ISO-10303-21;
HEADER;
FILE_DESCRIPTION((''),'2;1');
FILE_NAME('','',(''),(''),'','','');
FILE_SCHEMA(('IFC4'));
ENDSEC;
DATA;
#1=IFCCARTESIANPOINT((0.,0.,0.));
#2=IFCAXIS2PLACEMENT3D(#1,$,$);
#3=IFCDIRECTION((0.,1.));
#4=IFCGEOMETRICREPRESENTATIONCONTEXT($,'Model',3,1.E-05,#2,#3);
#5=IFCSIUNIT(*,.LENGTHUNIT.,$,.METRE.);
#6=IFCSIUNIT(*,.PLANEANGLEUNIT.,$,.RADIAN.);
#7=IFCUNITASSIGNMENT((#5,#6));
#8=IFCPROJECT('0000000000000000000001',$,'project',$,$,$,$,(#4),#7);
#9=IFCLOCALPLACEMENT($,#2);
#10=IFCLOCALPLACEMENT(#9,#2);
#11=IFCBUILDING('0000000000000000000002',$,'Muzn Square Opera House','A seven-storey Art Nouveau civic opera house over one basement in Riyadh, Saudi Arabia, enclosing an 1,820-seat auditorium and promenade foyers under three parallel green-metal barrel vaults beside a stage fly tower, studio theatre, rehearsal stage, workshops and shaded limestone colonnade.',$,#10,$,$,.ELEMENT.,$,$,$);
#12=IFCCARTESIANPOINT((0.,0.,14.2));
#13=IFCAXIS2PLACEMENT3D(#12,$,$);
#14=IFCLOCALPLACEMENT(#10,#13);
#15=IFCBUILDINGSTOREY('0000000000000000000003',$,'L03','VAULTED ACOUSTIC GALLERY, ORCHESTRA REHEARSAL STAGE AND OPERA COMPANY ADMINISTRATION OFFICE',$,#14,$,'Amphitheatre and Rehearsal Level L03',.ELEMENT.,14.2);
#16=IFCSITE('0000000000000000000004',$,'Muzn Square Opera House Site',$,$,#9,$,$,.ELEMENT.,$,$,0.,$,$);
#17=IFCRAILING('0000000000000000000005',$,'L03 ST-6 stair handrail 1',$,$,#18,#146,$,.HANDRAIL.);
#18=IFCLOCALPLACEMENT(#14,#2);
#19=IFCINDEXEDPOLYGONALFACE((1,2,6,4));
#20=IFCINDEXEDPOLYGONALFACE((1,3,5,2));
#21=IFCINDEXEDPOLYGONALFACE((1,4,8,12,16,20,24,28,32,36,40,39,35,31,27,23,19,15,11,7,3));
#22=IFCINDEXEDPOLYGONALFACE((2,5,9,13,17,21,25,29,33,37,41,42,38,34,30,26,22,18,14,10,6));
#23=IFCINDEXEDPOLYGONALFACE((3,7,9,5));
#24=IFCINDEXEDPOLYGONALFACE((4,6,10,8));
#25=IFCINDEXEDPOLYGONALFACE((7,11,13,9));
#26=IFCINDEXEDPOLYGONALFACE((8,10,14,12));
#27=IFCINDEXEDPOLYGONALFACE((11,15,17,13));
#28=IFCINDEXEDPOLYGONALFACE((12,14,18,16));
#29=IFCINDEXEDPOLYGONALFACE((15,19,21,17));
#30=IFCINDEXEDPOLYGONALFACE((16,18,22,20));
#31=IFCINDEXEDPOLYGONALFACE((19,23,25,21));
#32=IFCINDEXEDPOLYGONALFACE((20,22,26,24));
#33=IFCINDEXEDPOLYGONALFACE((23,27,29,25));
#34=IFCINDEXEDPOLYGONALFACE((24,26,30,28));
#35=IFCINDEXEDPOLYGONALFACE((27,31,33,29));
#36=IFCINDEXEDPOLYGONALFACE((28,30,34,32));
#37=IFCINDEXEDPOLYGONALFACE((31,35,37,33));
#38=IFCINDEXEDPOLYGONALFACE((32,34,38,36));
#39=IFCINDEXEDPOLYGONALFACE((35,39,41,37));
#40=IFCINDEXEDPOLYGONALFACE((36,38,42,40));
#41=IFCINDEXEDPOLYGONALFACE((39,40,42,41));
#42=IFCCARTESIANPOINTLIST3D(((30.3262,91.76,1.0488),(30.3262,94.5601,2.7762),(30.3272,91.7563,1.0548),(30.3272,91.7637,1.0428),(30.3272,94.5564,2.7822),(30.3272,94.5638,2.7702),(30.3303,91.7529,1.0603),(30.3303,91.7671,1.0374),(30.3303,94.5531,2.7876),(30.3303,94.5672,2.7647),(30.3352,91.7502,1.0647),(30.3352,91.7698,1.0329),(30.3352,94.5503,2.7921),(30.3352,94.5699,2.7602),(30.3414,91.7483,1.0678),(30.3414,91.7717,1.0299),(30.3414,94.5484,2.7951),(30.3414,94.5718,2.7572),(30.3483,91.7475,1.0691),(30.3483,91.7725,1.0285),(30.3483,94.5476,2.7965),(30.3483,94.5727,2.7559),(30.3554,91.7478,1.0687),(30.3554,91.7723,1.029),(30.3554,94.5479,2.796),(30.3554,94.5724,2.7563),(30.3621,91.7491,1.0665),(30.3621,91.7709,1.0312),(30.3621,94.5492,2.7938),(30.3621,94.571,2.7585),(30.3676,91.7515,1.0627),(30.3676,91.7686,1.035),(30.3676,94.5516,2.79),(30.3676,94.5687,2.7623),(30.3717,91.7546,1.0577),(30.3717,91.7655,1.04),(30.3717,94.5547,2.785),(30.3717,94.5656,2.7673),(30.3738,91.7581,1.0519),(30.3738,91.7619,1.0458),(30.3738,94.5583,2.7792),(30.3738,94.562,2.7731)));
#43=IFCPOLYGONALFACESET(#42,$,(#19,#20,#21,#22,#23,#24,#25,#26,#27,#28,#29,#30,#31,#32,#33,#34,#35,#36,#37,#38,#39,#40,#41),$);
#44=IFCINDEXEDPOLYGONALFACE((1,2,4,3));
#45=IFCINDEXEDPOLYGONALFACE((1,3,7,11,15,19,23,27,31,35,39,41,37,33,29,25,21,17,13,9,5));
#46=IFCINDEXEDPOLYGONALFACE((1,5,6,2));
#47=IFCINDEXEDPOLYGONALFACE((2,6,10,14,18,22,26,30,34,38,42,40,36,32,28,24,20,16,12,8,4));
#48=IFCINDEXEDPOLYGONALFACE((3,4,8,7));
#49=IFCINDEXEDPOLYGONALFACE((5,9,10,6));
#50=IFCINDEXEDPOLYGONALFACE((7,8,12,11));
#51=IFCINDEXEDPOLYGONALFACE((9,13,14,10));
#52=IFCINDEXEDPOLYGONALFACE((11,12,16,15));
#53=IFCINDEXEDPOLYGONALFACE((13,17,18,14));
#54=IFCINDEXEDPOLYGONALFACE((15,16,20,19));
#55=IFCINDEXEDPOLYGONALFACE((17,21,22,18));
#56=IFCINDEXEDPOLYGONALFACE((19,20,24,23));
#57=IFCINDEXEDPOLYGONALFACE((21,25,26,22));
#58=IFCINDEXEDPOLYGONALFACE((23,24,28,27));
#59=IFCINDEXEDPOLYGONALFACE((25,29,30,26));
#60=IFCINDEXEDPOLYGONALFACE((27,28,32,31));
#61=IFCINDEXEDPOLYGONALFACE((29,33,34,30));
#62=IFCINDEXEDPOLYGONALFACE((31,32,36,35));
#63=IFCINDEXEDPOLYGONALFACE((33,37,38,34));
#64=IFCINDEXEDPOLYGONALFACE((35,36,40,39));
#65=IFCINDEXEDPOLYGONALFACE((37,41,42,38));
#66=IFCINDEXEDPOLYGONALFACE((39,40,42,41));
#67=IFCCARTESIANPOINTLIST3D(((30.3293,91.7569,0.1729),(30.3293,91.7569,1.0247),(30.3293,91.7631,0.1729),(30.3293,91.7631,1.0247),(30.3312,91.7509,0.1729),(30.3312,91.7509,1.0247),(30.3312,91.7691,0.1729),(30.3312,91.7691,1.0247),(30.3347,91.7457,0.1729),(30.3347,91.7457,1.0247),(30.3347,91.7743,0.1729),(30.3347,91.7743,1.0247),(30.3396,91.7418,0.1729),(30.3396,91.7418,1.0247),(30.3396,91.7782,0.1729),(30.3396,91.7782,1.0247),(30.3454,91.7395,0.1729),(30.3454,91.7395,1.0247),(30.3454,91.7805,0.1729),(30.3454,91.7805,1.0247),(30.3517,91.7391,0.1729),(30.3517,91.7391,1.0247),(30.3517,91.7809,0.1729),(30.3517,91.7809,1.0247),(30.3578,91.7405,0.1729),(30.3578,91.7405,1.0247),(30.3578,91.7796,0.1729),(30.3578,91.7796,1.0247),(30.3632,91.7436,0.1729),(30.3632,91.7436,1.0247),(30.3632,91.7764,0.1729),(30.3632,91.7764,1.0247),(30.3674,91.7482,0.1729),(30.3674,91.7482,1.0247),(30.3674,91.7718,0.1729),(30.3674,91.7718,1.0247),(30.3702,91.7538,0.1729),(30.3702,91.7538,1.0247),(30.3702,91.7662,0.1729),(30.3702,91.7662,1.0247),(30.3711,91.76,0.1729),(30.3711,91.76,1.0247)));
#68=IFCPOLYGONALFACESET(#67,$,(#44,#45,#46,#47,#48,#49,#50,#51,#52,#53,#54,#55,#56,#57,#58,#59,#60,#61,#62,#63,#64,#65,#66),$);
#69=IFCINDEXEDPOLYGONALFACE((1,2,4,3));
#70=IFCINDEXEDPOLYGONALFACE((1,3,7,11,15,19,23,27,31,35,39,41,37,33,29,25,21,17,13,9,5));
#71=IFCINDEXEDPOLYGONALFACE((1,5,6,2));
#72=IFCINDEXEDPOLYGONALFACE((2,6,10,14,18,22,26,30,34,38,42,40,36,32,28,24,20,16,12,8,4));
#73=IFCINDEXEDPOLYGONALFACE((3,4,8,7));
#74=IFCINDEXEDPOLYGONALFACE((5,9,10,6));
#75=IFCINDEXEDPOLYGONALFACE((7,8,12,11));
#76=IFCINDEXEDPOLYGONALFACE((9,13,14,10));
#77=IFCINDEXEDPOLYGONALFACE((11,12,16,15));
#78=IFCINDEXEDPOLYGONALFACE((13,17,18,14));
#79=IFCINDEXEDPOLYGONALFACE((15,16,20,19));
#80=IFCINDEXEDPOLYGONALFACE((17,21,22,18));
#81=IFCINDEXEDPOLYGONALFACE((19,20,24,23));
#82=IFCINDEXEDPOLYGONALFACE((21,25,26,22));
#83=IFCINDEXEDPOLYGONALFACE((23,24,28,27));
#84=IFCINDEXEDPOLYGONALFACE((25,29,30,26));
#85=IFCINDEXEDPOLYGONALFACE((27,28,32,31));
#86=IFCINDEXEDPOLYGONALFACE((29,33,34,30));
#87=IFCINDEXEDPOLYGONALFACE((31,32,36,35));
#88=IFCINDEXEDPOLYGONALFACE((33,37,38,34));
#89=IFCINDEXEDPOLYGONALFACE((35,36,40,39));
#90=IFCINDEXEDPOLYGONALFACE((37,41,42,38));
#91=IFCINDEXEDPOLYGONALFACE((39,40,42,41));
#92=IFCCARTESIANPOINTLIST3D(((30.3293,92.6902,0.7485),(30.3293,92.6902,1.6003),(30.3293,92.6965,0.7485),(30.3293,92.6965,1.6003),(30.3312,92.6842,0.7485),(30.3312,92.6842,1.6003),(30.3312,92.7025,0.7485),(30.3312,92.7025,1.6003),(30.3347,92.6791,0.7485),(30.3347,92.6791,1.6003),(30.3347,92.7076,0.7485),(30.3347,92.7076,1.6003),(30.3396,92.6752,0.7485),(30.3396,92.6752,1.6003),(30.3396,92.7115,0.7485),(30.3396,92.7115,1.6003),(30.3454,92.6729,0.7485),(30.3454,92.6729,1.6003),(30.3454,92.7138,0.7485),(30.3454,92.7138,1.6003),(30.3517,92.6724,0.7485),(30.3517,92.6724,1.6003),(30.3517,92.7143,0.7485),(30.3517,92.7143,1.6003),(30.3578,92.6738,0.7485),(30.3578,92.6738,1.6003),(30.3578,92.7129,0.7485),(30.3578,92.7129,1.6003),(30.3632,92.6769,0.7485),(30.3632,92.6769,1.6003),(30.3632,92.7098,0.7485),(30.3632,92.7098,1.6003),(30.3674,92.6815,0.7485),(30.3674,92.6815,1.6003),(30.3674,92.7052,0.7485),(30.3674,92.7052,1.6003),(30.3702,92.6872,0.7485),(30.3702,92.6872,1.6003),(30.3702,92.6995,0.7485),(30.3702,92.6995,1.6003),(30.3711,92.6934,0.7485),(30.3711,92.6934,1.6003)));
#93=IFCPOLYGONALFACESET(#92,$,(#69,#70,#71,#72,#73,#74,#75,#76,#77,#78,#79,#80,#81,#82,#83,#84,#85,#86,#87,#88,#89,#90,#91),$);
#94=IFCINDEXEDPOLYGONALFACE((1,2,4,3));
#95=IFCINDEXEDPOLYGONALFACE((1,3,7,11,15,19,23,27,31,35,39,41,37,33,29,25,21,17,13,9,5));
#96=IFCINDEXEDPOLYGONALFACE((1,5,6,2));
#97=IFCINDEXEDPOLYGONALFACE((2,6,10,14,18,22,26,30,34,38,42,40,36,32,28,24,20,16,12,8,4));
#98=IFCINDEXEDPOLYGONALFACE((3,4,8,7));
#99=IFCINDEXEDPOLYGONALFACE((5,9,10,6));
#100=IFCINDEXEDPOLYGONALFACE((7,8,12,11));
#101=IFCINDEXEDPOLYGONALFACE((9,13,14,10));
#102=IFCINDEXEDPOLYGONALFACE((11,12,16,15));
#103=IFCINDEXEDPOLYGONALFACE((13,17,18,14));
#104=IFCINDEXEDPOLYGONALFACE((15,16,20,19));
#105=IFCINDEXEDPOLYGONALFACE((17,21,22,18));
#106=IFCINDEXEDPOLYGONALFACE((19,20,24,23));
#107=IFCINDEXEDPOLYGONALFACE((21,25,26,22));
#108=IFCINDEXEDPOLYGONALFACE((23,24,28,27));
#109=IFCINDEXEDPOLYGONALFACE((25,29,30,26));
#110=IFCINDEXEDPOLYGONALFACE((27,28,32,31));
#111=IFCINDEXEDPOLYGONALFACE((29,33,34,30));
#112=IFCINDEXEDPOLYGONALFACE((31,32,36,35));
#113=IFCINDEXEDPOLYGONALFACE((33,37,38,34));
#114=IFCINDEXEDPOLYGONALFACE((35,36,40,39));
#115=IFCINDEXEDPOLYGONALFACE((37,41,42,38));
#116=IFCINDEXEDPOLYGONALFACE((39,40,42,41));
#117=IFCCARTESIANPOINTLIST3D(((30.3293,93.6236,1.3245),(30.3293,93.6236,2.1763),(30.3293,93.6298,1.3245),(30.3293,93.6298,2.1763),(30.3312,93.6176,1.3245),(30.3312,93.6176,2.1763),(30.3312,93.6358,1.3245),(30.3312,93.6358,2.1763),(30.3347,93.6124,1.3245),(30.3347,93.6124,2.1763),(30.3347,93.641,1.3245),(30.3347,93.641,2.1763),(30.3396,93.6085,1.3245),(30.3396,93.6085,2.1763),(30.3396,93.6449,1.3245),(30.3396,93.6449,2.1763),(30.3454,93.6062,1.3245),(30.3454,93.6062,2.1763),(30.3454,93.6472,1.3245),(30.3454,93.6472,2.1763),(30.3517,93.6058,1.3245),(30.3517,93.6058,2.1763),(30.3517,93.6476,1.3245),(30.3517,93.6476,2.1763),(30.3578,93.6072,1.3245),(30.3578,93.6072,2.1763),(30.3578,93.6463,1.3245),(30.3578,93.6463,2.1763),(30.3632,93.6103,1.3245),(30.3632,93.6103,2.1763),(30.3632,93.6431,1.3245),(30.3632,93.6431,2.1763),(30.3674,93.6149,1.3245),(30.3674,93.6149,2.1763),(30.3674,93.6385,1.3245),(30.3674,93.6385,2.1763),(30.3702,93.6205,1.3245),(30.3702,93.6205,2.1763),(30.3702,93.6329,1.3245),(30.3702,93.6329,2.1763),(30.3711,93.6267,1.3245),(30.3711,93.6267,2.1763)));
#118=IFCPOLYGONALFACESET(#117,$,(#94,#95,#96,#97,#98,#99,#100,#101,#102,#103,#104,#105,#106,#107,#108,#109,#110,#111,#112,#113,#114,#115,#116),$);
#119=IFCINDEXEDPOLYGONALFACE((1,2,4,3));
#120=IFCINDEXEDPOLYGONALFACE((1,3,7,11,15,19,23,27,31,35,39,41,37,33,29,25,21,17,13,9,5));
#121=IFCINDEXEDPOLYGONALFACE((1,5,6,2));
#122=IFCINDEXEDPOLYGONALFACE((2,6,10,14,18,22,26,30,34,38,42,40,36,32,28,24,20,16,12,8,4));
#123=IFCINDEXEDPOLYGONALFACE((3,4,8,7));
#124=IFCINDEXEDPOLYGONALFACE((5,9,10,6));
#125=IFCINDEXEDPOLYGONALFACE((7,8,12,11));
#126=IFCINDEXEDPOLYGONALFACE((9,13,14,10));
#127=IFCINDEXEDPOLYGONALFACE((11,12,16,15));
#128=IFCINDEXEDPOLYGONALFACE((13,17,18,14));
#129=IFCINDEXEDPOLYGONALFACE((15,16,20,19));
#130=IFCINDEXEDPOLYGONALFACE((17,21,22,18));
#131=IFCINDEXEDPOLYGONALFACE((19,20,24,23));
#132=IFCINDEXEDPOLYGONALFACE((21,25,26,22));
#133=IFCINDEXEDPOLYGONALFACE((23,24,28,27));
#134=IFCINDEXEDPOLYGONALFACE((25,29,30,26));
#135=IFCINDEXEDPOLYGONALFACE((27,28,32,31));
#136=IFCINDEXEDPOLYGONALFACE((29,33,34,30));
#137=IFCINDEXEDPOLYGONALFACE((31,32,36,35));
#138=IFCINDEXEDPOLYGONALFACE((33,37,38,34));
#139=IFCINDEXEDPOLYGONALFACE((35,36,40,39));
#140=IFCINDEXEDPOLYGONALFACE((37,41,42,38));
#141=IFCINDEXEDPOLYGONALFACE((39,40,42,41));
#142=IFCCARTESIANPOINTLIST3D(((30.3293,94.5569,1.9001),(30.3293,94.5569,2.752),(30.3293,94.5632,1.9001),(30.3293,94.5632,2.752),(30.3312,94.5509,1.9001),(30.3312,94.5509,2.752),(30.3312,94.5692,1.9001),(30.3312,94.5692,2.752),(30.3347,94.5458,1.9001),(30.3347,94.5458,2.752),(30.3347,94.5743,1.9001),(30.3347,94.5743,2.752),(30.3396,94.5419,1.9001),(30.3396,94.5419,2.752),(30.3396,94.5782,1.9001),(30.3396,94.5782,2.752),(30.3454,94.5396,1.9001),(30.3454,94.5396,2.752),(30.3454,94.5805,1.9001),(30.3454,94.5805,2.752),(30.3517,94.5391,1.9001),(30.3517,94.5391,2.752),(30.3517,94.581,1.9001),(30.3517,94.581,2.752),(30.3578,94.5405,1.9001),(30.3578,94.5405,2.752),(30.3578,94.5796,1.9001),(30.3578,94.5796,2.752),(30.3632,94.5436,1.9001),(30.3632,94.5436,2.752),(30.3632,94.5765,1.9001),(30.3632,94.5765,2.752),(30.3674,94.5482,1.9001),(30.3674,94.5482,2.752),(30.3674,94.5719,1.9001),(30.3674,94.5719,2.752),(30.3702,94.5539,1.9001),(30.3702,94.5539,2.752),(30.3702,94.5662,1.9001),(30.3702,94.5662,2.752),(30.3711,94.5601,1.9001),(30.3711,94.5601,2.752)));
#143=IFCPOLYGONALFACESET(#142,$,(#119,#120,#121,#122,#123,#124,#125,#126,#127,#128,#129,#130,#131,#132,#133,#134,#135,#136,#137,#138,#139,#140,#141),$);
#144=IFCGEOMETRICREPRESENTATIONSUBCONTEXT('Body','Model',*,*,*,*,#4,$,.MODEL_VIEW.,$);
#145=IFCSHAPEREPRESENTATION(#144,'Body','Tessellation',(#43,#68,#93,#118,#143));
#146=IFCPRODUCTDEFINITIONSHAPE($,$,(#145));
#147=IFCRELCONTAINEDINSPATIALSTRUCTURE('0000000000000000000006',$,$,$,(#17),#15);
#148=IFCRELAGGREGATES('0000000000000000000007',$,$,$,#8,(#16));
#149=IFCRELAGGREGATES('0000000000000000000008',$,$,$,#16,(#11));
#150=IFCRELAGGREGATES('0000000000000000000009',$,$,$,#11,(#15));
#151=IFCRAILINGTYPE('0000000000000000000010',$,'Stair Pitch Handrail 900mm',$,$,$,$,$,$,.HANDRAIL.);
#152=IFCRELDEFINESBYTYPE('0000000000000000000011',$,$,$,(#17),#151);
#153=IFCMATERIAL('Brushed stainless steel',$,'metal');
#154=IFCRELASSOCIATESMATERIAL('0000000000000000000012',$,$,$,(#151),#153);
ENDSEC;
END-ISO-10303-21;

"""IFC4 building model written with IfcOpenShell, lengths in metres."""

from ifc_helpers import new_model, si_unit, direction, frame, origin, origin_2d, place, context, subcontext, project, spatial, circle, extrude, material, type_object, element, save


model = new_model("IFC4")

# Units and contexts
model_context = context("Model", 3, precision=1e-05, world=origin(), true_north=direction((0.0, 1.0)))
body_context = subcontext(model_context, "Body", "Model", "MODEL_VIEW")
ifc_project = project(units=[si_unit("LENGTHUNIT", "METRE"), si_unit("PLANEANGLEUNIT", "RADIAN")], contexts=[model_context])

# Site, building, storey
site_placement = place(None, origin())
site = spatial("IfcSite", under=ifc_project, at=site_placement, Name="Muzn Square Opera House Site", CompositionType="ELEMENT", RefElevation=0.0)
building_placement = place(site_placement, origin())
building = spatial("IfcBuilding", under=site, at=building_placement, Name="Muzn Square Opera House", Description="A seven-storey Art Nouveau civic opera house over one basement in Riyadh, Saudi Arabia, enclosing an 1,820-seat auditorium and promenade foyers under three parallel green-metal barrel vaults beside a stage fly tower, studio theatre, rehearsal stage, workshops and shaded limestone colonnade.", CompositionType="ELEMENT")
storey_placement = place(building_placement, frame((0.0, 0.0, 14.2)))
storey = spatial("IfcBuildingStorey", under=building, at=storey_placement, Name="L03", Description="VAULTED ACOUSTIC GALLERY, ORCHESTRA REHEARSAL STAGE AND OPERA COMPANY ADMINISTRATION OFFICE", LongName="Amphitheatre and Rehearsal Level L03", CompositionType="ELEMENT", Elevation=14.2)

# Railing
ifc_material_1 = material(Name="Brushed stainless steel", Category="metal")
railing_type_1 = type_object("IfcRailingType", Name="Stair Pitch Handrail 900mm", PredefinedType="HANDRAIL", material=ifc_material_1)
railing_1_placement = place(storey_placement, frame((30.3501, 91.76, 0.1729)))
element("IfcRailing", 1, at=railing_1_placement, inside=storey, type_object=railing_type_1, Name="L03 ST-6 stair handrail 1", PredefinedType="HANDRAIL", context=body_context, shape_type="SweptSolid", body=[
    extrude(circle(Radius=0.0239, at=origin_2d()), frame((0.0, 0.0, 0.876), z_axis=(0.0, 0.85109, 0.52502), x_axis=(-1.0, 0.0, 0.0)), (0.0, 0.0, 1.0), 3.29),
    extrude(circle(Radius=0.021, at=origin_2d()), origin(), (0.0, 0.0, 1.0), 0.8518),
    extrude(circle(Radius=0.021, at=origin_2d()), frame((0.0, 0.9333, 0.5757)), (0.0, 0.0, 1.0), 0.8518),
    extrude(circle(Radius=0.021, at=origin_2d()), frame((0.0, 1.8667, 1.1516)), (0.0, 0.0, 1.0), 0.8518),
    extrude(circle(Radius=0.021, at=origin_2d()), frame((0.0, 2.8, 1.7273)), (0.0, 0.0, 1.0), 0.8518),
])

save(model, "model.ifc")
